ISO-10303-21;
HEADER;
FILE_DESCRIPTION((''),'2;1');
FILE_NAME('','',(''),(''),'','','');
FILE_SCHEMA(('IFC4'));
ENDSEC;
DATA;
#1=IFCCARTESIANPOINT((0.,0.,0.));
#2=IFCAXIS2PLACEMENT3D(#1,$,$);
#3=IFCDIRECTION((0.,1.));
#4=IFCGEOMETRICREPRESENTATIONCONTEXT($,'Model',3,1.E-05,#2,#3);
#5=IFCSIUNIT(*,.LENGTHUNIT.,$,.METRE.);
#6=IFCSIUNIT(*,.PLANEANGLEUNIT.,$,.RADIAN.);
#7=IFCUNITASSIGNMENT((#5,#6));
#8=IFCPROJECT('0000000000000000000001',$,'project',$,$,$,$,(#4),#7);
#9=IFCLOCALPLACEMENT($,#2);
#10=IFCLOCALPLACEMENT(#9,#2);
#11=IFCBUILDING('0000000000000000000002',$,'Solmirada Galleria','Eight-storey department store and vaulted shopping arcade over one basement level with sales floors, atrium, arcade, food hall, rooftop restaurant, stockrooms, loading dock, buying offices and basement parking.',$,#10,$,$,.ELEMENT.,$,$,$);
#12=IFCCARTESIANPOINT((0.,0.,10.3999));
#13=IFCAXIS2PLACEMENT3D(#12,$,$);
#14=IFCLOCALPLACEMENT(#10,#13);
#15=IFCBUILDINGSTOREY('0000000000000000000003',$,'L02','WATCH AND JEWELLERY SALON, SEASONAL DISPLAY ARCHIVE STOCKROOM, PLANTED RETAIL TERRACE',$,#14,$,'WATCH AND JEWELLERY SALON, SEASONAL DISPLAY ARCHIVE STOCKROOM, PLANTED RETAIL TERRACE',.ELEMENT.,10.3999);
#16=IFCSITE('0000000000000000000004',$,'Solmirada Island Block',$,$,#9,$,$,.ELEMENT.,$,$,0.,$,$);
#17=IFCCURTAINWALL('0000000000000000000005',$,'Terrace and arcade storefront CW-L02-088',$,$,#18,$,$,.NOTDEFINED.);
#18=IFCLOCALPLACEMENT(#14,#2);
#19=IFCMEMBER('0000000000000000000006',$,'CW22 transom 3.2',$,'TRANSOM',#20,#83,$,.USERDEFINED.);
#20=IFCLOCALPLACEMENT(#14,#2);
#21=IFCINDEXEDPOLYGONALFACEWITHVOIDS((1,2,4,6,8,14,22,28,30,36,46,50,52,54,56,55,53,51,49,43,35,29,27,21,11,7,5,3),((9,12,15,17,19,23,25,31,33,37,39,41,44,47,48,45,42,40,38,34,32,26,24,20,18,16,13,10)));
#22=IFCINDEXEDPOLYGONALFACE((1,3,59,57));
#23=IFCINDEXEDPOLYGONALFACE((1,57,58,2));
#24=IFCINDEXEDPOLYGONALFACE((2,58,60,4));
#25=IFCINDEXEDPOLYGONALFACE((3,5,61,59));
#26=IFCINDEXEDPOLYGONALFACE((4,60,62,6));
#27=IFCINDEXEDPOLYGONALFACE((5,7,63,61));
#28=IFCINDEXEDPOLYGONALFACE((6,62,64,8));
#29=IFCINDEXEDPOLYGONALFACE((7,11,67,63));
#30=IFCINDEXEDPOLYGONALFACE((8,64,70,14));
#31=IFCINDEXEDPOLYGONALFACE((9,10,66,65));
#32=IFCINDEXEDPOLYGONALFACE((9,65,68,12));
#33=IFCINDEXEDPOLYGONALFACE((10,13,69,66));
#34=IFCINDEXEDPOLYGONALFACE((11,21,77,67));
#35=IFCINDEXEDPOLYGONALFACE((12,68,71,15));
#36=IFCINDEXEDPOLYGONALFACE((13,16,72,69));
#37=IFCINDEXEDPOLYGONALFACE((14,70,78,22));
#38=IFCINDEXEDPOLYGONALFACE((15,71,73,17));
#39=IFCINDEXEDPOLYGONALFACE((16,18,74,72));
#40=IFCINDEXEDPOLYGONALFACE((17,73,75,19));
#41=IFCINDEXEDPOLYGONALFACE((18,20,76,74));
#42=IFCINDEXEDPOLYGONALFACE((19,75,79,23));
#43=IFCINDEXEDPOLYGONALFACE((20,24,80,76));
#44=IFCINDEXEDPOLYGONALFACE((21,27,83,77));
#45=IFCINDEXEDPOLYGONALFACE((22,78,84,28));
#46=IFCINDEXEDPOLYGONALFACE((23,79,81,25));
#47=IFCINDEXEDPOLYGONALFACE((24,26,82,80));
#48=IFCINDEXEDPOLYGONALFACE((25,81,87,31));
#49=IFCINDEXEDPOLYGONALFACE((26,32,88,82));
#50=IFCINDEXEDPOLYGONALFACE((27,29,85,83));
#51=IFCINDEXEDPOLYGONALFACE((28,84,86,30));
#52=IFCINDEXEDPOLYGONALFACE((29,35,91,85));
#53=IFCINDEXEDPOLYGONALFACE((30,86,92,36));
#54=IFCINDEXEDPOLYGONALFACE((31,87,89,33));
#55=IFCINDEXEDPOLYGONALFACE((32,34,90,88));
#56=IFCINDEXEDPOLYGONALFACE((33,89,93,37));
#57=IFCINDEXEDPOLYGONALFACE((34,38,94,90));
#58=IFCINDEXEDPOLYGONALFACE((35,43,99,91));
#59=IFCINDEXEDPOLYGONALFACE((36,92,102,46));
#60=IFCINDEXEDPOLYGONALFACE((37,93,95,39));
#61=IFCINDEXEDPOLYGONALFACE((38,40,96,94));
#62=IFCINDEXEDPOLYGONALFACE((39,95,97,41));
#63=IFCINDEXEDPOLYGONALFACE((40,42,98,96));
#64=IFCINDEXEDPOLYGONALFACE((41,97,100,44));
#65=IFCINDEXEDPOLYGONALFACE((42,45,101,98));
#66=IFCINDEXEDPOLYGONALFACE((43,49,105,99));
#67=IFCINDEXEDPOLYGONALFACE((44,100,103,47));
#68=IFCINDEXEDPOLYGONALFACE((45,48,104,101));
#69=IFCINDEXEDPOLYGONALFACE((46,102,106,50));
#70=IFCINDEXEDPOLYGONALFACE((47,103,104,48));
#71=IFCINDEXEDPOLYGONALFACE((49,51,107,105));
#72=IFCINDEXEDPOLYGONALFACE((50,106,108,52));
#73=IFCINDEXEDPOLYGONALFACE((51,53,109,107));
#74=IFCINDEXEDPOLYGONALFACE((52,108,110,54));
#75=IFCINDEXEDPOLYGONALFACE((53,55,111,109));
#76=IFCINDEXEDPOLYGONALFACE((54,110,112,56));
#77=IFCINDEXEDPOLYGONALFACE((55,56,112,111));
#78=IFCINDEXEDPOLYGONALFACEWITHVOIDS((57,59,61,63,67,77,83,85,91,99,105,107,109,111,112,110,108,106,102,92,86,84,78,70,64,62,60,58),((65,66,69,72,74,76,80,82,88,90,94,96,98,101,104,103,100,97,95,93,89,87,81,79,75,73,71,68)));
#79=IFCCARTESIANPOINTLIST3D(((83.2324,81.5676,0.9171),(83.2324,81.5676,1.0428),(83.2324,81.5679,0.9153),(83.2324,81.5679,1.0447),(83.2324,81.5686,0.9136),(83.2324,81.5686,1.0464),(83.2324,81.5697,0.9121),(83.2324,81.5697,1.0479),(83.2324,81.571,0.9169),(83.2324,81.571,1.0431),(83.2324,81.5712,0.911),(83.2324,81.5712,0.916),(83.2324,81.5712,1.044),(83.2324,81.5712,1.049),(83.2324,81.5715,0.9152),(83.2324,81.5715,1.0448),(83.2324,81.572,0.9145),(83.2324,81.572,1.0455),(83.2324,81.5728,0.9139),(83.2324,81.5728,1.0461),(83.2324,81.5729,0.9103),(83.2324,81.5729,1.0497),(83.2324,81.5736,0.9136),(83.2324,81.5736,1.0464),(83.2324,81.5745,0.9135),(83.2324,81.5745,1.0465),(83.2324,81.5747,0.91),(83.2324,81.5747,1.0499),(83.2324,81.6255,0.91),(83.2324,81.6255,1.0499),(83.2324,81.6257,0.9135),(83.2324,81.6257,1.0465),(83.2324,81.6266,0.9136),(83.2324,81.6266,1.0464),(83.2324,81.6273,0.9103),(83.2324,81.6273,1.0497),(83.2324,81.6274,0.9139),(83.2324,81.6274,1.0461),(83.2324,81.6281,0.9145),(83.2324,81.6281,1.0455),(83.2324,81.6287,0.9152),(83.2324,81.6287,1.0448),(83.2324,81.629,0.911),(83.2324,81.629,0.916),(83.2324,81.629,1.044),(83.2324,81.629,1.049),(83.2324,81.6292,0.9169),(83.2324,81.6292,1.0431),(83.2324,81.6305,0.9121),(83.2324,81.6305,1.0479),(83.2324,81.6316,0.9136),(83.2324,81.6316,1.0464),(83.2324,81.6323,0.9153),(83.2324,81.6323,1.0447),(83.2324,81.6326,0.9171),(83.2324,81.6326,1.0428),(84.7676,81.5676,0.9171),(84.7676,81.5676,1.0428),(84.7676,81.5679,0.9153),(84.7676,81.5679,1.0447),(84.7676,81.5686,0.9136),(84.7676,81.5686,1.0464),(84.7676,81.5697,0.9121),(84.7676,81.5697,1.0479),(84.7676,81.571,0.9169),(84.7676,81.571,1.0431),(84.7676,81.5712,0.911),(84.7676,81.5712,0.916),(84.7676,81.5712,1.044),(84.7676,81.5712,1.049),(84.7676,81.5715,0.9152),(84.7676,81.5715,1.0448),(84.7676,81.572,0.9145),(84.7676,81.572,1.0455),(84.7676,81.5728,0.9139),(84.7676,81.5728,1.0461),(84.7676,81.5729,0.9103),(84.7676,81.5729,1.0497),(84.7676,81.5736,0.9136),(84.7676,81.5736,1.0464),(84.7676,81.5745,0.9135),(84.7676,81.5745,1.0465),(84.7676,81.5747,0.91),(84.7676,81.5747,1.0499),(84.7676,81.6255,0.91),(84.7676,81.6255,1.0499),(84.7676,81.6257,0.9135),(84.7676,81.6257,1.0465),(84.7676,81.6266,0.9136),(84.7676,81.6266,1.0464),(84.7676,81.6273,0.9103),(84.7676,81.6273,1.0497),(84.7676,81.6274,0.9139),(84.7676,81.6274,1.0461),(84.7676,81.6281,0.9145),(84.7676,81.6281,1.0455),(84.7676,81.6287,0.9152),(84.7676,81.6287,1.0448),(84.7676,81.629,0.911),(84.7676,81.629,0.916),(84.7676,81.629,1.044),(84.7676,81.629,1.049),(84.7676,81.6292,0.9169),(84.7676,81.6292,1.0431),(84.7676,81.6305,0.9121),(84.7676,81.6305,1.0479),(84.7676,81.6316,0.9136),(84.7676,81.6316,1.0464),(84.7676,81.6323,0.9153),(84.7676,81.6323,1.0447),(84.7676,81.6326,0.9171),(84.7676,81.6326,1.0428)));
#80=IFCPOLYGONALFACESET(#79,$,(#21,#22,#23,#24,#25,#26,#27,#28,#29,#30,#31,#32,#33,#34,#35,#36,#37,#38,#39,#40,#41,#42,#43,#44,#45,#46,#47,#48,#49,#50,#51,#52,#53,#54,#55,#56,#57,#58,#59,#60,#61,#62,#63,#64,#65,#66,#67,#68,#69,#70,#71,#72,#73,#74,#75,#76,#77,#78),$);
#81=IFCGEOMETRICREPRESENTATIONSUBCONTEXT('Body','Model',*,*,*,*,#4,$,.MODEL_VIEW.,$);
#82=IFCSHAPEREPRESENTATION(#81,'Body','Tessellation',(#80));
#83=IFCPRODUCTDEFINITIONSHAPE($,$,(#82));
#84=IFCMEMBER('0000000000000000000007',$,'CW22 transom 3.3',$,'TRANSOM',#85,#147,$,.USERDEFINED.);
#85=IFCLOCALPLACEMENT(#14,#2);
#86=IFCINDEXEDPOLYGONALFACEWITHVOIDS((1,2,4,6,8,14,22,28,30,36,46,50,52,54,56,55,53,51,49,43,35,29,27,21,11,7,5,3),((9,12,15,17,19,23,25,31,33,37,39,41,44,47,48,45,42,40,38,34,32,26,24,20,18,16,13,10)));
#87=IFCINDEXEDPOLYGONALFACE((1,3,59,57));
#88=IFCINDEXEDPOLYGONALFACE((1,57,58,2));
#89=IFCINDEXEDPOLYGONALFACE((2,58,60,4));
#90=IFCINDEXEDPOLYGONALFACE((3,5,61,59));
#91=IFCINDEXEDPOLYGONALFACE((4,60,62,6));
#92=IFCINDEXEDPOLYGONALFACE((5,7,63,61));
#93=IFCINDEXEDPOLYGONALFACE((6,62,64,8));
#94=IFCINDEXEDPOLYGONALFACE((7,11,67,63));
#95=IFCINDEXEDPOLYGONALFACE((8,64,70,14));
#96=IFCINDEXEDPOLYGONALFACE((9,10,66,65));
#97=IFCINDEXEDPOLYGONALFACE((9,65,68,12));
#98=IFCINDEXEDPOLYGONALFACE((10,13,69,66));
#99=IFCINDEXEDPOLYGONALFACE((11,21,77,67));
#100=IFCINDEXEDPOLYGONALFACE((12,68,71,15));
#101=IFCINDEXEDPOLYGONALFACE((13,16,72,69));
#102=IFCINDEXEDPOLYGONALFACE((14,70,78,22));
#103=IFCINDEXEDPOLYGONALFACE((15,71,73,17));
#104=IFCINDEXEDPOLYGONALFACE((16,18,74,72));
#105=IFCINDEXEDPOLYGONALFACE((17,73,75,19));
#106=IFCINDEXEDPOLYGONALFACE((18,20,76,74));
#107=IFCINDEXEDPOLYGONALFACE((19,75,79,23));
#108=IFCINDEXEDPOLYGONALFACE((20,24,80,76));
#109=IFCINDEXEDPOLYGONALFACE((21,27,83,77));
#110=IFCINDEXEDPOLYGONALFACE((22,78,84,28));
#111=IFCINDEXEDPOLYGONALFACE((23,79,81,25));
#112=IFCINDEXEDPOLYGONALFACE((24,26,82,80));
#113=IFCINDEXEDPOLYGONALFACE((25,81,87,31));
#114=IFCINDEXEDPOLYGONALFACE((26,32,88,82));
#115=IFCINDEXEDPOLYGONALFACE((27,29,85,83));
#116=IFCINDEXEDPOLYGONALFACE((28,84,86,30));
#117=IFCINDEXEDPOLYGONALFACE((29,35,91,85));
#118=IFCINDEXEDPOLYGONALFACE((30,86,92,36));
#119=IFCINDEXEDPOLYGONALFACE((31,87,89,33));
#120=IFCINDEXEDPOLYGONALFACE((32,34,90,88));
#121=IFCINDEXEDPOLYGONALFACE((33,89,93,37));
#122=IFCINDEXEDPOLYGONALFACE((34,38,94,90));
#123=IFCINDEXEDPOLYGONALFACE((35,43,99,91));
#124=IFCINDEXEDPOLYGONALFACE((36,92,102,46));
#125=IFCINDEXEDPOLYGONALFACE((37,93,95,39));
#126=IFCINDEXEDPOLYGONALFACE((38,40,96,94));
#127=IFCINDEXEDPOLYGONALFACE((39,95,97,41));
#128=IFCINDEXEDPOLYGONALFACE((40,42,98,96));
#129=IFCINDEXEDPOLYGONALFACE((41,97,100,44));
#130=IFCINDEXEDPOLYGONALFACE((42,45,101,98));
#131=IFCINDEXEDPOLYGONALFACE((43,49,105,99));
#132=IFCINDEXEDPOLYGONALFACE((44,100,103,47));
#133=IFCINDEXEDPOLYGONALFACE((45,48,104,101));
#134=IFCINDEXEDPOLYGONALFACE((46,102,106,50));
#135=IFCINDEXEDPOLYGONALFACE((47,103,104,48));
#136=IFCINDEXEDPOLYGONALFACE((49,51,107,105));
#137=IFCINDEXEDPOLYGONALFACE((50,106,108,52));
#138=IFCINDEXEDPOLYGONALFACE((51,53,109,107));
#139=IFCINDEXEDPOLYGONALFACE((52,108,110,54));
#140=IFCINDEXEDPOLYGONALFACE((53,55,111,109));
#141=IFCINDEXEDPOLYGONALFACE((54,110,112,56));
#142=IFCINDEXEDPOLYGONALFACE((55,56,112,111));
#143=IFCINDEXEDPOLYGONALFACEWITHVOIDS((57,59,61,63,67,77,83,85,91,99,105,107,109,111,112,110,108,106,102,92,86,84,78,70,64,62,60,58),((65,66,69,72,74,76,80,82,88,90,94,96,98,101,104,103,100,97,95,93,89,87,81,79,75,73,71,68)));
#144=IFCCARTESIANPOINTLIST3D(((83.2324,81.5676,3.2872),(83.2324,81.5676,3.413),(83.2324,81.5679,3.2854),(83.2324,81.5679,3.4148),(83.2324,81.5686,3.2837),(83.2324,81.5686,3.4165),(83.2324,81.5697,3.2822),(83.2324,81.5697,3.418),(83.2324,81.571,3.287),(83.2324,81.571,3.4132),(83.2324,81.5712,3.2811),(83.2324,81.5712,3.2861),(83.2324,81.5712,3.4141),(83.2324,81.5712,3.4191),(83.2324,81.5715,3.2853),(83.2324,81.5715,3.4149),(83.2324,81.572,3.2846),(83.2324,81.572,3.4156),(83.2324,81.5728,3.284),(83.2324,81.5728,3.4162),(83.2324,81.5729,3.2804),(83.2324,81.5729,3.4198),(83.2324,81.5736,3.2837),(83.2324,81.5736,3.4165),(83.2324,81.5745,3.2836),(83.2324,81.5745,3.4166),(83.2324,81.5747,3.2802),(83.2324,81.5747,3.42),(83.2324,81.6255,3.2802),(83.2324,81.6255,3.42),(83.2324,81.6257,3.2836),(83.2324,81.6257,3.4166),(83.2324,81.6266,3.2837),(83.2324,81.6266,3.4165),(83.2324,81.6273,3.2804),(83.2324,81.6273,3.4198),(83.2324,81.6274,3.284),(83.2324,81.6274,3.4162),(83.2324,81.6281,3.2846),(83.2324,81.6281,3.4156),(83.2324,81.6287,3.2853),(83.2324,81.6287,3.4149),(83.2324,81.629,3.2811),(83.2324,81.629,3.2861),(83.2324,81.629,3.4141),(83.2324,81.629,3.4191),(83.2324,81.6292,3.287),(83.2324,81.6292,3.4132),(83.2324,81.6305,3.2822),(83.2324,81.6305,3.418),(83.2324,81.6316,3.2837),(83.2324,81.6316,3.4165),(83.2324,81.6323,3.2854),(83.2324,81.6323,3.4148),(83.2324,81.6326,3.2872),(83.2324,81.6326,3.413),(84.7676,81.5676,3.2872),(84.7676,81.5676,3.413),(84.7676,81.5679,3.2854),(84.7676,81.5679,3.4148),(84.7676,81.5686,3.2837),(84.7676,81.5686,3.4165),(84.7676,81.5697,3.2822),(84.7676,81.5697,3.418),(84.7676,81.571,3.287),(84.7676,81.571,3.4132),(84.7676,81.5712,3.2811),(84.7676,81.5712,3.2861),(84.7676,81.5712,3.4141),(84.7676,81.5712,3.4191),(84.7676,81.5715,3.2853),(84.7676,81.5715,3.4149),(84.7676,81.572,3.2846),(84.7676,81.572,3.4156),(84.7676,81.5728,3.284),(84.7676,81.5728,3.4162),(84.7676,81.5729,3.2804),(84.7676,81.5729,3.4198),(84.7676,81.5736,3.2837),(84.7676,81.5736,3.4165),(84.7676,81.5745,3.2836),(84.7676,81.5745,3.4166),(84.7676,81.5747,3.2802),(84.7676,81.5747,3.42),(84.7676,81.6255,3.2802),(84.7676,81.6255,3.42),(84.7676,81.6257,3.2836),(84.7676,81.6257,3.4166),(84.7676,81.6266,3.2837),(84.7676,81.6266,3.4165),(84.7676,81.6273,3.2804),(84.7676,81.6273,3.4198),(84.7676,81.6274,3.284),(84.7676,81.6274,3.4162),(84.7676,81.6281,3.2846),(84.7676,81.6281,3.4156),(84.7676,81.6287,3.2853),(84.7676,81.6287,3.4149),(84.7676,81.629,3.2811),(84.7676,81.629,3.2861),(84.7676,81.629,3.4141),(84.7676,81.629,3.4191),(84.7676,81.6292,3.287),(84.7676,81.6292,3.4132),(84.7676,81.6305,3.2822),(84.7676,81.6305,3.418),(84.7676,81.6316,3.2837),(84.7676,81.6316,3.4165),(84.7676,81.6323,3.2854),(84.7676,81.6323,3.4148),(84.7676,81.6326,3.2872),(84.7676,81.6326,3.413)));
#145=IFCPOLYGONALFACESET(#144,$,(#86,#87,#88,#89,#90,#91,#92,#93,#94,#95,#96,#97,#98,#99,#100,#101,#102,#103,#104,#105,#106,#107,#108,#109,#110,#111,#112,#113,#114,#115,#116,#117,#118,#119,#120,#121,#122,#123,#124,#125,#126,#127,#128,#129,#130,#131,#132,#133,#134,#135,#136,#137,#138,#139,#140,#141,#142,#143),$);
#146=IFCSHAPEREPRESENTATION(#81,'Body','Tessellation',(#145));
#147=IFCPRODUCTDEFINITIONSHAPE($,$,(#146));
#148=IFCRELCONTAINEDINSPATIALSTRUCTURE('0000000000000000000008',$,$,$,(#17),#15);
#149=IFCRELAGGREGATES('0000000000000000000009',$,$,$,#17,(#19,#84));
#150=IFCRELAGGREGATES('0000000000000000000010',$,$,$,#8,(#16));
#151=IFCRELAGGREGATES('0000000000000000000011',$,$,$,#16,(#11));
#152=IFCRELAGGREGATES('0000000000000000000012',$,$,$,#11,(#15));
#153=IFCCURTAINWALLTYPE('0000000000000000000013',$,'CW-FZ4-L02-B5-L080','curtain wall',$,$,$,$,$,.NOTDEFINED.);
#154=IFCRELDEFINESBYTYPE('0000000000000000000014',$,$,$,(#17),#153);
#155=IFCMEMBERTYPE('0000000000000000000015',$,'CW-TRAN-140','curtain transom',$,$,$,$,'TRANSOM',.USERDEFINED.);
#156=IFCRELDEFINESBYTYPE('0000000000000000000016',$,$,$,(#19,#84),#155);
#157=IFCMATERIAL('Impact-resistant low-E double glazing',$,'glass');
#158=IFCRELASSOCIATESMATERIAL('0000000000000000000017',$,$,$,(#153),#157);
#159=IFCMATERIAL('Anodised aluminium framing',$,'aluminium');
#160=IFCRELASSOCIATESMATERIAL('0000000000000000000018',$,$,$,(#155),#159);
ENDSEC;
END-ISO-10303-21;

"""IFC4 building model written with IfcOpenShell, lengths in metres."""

from ifc_helpers import new_model, si_unit, direction, frame, origin, origin_2d, place, context, subcontext, project, spatial, hollow_rectangle, extrude, material, material_profile, profile_set, type_object, element, aggregate, save


model = new_model("IFC4")

# Units and contexts
model_context = context("Model", 3, precision=1e-05, world=origin(), true_north=direction((0.0, 1.0)))
body_context = subcontext(model_context, "Body", "Model", "MODEL_VIEW")
ifc_project = project(units=[si_unit("LENGTHUNIT", "METRE"), si_unit("PLANEANGLEUNIT", "RADIAN")], contexts=[model_context])

# Site, building, storey
site_placement = place(None, origin())
site = spatial("IfcSite", under=ifc_project, at=site_placement, Name="Solmirada Island Block", CompositionType="ELEMENT", RefElevation=0.0)
building_placement = place(site_placement, origin())
building = spatial("IfcBuilding", under=site, at=building_placement, Name="Solmirada Galleria", Description="Eight-storey department store and vaulted shopping arcade over one basement level with sales floors, atrium, arcade, food hall, rooftop restaurant, stockrooms, loading dock, buying offices and basement parking.", CompositionType="ELEMENT")
storey_placement = place(building_placement, frame((0.0, 0.0, 10.3999)))
storey = spatial("IfcBuildingStorey", under=building, at=storey_placement, Name="L02", Description="WATCH AND JEWELLERY SALON, SEASONAL DISPLAY ARCHIVE STOCKROOM, PLANTED RETAIL TERRACE", LongName="WATCH AND JEWELLERY SALON, SEASONAL DISPLAY ARCHIVE STOCKROOM, PLANTED RETAIL TERRACE", CompositionType="ELEMENT", Elevation=10.3999)

# Curtain wall, members
ifc_material_1 = material(Name="Impact-resistant low-E double glazing", Category="glass")
curtain_wall_type = type_object("IfcCurtainWallType", Name="CW-FZ4-L02-B5-L080", Description="curtain wall", PredefinedType="NOTDEFINED", material=ifc_material_1)
curtain_wall_placement = place(storey_placement, origin())
curtain_wall = element("IfcCurtainWall", 1, at=curtain_wall_placement, inside=storey, type_object=curtain_wall_type, Name="Terrace and arcade storefront CW-L02-088", PredefinedType="NOTDEFINED")
ifc_material_2 = material(Name="Anodised aluminium framing", Category="aluminium")
ifc_material_profile_1 = material_profile(ifc_material_2, hollow_rectangle(XDim=0.0649, YDim=0.1399, WallThickness=0.0034, InnerFilletRadius=0.0034, OuterFilletRadius=0.0071, at=origin_2d()), Name="ALU-TRAN-140X65")
ifc_profile_set_1 = profile_set([ifc_material_profile_1], Name="Anodised aluminium framing")
member_type_1 = type_object("IfcMemberType", Name="CW-TRAN-140", Description="curtain transom", ElementType="TRANSOM", PredefinedType="USERDEFINED", material=ifc_profile_set_1)
member_1_placement = place(storey_placement, frame((84.7676, 81.6001, 0.98), z_axis=(-1.0, 0.0, 0.0), x_axis=(0.0, -1.0, 0.0)))
member_1 = element("IfcMember", 2, at=member_1_placement, type_object=member_type_1, Name="CW22 transom 3.2", ObjectType="TRANSOM", PredefinedType="USERDEFINED", context=body_context, shape_type="SweptSolid", body=[
    extrude(hollow_rectangle(XDim=0.0649, YDim=0.1399, WallThickness=0.0034, InnerFilletRadius=0.0034, OuterFilletRadius=0.0071, at=origin_2d()), origin(), (0.0, 0.0, 1.0), 1.5352),
])
member_2_placement = place(storey_placement, frame((84.7676, 81.6001, 3.3501), z_axis=(-1.0, 0.0, 0.0), x_axis=(0.0, -1.0, 0.0)))
member_2 = element("IfcMember", 3, at=member_2_placement, type_object=member_type_1, Name="CW22 transom 3.3", ObjectType="TRANSOM", PredefinedType="USERDEFINED", context=body_context, shape_type="SweptSolid", body=[
    extrude(hollow_rectangle(XDim=0.0649, YDim=0.1399, WallThickness=0.0034, InnerFilletRadius=0.0034, OuterFilletRadius=0.0071, at=origin_2d()), origin(), (0.0, 0.0, 1.0), 1.5352),
])
aggregate(curtain_wall, [member_1, member_2])

save(model, "model.ifc")
